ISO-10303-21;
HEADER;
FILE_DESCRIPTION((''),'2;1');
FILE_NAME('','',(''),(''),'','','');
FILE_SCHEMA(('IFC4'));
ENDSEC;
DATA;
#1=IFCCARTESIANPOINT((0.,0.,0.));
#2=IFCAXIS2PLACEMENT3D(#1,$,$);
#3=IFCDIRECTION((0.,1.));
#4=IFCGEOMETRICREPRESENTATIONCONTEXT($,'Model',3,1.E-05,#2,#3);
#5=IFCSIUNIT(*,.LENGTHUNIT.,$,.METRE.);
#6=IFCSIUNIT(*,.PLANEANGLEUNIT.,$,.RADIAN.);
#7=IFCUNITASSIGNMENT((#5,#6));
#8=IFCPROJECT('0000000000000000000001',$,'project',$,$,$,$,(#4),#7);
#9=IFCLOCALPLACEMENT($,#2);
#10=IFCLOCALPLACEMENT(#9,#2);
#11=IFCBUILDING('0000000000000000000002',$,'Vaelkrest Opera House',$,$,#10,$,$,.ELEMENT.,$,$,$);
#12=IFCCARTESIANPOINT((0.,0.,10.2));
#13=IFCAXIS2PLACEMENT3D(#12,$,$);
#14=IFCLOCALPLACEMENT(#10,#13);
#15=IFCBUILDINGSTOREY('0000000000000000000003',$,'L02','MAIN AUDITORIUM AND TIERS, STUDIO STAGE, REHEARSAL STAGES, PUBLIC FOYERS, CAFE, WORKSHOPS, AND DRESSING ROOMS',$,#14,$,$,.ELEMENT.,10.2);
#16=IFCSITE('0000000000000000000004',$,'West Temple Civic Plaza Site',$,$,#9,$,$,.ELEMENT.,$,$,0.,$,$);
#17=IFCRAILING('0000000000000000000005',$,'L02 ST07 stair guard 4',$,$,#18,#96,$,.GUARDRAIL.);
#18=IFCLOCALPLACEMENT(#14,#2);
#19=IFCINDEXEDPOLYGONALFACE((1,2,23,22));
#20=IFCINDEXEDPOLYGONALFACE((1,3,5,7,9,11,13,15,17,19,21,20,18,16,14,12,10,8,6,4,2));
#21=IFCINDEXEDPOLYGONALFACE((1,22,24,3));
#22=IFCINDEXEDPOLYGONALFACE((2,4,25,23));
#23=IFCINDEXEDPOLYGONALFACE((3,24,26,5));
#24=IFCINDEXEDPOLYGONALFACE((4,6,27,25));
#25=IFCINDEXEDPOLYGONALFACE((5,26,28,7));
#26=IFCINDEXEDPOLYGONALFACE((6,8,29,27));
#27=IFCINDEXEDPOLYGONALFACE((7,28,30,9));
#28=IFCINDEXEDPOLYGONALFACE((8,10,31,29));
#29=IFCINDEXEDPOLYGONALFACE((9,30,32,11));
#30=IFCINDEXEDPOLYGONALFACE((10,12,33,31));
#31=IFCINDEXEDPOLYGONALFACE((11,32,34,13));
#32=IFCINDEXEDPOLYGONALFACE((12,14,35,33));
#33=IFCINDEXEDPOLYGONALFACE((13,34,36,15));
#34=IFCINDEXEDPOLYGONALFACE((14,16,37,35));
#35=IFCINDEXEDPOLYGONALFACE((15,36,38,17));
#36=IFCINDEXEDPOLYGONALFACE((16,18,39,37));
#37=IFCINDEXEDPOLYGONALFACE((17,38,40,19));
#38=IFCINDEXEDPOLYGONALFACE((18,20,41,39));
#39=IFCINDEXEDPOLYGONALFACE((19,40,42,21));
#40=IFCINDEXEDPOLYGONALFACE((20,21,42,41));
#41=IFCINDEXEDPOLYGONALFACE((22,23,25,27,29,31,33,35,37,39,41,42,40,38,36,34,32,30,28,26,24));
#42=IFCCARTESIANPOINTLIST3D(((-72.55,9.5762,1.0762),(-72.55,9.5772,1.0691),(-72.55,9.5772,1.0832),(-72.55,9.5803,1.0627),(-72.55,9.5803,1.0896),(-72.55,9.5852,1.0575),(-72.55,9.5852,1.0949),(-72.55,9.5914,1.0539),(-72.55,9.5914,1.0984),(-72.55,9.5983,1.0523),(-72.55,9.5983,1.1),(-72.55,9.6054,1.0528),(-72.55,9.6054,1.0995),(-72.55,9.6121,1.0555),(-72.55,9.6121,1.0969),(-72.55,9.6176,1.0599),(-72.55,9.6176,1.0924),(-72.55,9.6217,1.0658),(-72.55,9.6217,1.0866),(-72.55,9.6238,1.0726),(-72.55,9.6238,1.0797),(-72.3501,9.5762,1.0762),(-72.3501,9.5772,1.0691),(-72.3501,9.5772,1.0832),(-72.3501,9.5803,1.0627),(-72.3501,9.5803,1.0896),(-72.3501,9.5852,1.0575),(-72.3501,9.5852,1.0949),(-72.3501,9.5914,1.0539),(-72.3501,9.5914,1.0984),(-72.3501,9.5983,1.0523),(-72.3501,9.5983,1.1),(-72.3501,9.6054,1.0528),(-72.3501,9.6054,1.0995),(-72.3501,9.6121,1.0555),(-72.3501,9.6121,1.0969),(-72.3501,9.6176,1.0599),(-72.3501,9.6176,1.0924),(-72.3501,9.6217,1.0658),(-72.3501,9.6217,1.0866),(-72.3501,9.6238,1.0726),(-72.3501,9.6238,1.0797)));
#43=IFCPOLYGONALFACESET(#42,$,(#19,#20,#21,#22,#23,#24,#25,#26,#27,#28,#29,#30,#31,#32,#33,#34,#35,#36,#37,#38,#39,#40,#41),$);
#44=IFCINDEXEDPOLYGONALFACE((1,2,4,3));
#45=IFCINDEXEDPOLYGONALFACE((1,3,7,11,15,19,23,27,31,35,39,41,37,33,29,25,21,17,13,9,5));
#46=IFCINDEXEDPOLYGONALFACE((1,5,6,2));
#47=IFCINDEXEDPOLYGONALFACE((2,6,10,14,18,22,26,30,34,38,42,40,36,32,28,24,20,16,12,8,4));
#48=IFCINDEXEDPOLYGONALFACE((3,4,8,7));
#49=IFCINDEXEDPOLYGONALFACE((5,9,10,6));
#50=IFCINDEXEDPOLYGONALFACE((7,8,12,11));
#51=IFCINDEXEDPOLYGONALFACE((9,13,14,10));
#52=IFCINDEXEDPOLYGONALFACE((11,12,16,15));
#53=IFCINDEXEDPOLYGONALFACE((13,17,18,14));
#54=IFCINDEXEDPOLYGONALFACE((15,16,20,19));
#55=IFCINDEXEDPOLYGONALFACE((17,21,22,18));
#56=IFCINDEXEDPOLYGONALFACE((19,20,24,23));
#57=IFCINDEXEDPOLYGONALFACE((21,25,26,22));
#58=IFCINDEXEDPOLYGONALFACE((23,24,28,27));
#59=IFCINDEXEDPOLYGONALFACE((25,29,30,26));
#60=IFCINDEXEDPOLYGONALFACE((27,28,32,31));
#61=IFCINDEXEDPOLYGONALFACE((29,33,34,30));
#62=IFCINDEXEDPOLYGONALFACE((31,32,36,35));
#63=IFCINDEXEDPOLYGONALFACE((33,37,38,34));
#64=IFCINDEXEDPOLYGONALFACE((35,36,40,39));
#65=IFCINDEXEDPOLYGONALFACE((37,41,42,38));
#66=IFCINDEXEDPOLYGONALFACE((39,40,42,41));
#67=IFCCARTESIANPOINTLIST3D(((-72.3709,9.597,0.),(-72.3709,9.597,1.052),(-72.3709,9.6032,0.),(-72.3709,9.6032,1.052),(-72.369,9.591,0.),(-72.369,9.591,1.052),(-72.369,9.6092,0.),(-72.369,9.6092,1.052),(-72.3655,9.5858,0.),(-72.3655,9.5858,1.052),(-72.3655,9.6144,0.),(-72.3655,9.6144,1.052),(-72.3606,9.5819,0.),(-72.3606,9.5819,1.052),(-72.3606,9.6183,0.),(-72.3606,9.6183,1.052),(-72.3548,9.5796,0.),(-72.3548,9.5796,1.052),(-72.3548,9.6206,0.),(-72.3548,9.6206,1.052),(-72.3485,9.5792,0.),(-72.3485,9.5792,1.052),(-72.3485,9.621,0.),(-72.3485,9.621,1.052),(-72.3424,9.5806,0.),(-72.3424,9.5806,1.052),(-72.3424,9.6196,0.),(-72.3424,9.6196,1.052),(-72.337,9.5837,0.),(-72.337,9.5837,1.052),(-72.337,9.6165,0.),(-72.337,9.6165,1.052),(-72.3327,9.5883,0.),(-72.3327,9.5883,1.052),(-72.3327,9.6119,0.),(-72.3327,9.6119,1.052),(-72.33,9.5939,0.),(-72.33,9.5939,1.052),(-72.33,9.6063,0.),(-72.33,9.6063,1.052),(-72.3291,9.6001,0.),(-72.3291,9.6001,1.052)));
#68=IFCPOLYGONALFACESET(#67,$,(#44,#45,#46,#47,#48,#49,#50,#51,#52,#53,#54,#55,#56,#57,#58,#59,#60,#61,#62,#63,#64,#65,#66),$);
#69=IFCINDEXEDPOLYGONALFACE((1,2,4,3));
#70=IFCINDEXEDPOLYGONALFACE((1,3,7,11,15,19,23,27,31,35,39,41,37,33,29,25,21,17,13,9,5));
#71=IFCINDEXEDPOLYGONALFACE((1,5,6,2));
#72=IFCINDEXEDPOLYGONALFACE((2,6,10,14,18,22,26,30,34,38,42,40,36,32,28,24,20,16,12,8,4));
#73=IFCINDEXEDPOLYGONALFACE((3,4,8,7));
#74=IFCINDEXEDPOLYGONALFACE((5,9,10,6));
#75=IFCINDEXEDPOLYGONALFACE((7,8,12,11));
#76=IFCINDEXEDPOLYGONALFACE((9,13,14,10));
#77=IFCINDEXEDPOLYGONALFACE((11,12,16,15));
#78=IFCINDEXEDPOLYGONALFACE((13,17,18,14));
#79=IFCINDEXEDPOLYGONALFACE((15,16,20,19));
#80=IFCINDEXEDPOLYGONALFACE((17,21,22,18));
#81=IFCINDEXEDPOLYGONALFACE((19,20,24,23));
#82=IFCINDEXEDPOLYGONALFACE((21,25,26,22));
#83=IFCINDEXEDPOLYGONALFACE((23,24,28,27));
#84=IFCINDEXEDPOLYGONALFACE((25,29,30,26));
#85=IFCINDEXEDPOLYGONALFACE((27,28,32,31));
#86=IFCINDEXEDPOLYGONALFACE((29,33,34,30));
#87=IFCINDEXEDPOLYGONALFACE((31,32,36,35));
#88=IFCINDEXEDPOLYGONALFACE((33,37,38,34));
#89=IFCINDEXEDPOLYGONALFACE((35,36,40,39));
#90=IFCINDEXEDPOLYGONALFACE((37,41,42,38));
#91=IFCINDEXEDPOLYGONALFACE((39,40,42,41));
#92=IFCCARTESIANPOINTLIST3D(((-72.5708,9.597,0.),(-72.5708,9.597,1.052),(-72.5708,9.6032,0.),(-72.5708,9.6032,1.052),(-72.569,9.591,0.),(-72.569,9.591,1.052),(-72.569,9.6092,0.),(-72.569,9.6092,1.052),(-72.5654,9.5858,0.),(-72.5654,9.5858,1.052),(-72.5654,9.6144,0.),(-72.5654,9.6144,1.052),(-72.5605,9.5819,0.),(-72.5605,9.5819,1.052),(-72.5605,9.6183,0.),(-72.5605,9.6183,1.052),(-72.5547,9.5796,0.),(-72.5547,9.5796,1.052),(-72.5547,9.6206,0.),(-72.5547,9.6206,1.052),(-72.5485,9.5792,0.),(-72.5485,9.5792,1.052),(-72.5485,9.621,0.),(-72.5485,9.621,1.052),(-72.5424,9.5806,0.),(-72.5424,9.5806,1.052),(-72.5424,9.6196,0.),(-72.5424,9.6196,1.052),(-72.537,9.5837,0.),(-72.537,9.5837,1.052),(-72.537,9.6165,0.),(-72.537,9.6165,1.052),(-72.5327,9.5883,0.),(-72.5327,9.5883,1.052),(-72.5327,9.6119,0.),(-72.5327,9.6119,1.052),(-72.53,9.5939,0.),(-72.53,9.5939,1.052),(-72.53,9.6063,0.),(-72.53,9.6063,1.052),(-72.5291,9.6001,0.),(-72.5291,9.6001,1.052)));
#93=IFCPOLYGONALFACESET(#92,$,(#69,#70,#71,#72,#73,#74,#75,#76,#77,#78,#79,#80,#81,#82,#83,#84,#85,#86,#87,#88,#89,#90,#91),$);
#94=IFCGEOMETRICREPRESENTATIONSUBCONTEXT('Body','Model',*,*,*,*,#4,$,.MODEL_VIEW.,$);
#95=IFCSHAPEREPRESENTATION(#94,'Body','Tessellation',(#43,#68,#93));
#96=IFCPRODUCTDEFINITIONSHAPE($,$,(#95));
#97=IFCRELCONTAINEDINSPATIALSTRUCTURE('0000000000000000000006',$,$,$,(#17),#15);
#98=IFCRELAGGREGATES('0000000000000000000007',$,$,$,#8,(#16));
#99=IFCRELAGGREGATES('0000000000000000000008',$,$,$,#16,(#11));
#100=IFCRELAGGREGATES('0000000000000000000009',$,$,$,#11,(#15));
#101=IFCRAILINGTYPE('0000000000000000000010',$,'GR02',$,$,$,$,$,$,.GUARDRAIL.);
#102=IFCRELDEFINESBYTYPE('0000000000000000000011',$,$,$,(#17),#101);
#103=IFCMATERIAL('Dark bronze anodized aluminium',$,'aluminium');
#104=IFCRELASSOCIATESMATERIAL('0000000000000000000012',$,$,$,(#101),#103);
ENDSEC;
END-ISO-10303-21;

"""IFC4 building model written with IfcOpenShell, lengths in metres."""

from ifc_helpers import new_model, si_unit, direction, frame, origin, origin_2d, place, context, subcontext, project, spatial, circle, extrude, material, type_object, element, save


model = new_model("IFC4")

# Units and contexts
model_context = context("Model", 3, precision=1e-05, world=origin(), true_north=direction((0.0, 1.0)))
body_context = subcontext(model_context, "Body", "Model", "MODEL_VIEW")
ifc_project = project(units=[si_unit("LENGTHUNIT", "METRE"), si_unit("PLANEANGLEUNIT", "RADIAN")], contexts=[model_context])

# Site, building, storey
site_placement = place(None, origin())
site = spatial("IfcSite", under=ifc_project, at=site_placement, Name="West Temple Civic Plaza Site", CompositionType="ELEMENT", RefElevation=0.0)
building_placement = place(site_placement, origin())
building = spatial("IfcBuilding", under=site, at=building_placement, Name="Vaelkrest Opera House", CompositionType="ELEMENT")
storey_placement = place(building_placement, frame((0.0, 0.0, 10.2)))
storey = spatial("IfcBuildingStorey", under=building, at=storey_placement, Name="L02", Description="MAIN AUDITORIUM AND TIERS, STUDIO STAGE, REHEARSAL STAGES, PUBLIC FOYERS, CAFE, WORKSHOPS, AND DRESSING ROOMS", CompositionType="ELEMENT", Elevation=10.2)

# Shared definitions
ifc_material_1 = material(Name="Dark bronze anodized aluminium", Category="aluminium")

# Railing
railing_type_1 = type_object("IfcRailingType", Name="GR02", PredefinedType="GUARDRAIL", material=ifc_material_1)
railing_1_placement = place(storey_placement, frame((-72.3501, 9.6001, 0.0)))
element("IfcRailing", 1, at=railing_1_placement, inside=storey, type_object=railing_type_1, Name="L02 ST07 stair guard 4", PredefinedType="GUARDRAIL", context=body_context, shape_type="SweptSolid", body=[
    extrude(circle(Radius=0.0239, at=origin_2d()), frame((0.0, 0.0, 1.0762), z_axis=(-1.0, 0.0, 0.0), x_axis=(0.0, -1.0, 0.0)), (0.0, 0.0, 1.0), 0.2),
    extrude(circle(Radius=0.021, at=origin_2d()), origin(), (0.0, 0.0, 1.0), 1.052),
    extrude(circle(Radius=0.021, at=origin_2d()), frame((-0.2, 0.0, 0.0)), (0.0, 0.0, 1.0), 1.052),
])

save(model, "model.ifc")
